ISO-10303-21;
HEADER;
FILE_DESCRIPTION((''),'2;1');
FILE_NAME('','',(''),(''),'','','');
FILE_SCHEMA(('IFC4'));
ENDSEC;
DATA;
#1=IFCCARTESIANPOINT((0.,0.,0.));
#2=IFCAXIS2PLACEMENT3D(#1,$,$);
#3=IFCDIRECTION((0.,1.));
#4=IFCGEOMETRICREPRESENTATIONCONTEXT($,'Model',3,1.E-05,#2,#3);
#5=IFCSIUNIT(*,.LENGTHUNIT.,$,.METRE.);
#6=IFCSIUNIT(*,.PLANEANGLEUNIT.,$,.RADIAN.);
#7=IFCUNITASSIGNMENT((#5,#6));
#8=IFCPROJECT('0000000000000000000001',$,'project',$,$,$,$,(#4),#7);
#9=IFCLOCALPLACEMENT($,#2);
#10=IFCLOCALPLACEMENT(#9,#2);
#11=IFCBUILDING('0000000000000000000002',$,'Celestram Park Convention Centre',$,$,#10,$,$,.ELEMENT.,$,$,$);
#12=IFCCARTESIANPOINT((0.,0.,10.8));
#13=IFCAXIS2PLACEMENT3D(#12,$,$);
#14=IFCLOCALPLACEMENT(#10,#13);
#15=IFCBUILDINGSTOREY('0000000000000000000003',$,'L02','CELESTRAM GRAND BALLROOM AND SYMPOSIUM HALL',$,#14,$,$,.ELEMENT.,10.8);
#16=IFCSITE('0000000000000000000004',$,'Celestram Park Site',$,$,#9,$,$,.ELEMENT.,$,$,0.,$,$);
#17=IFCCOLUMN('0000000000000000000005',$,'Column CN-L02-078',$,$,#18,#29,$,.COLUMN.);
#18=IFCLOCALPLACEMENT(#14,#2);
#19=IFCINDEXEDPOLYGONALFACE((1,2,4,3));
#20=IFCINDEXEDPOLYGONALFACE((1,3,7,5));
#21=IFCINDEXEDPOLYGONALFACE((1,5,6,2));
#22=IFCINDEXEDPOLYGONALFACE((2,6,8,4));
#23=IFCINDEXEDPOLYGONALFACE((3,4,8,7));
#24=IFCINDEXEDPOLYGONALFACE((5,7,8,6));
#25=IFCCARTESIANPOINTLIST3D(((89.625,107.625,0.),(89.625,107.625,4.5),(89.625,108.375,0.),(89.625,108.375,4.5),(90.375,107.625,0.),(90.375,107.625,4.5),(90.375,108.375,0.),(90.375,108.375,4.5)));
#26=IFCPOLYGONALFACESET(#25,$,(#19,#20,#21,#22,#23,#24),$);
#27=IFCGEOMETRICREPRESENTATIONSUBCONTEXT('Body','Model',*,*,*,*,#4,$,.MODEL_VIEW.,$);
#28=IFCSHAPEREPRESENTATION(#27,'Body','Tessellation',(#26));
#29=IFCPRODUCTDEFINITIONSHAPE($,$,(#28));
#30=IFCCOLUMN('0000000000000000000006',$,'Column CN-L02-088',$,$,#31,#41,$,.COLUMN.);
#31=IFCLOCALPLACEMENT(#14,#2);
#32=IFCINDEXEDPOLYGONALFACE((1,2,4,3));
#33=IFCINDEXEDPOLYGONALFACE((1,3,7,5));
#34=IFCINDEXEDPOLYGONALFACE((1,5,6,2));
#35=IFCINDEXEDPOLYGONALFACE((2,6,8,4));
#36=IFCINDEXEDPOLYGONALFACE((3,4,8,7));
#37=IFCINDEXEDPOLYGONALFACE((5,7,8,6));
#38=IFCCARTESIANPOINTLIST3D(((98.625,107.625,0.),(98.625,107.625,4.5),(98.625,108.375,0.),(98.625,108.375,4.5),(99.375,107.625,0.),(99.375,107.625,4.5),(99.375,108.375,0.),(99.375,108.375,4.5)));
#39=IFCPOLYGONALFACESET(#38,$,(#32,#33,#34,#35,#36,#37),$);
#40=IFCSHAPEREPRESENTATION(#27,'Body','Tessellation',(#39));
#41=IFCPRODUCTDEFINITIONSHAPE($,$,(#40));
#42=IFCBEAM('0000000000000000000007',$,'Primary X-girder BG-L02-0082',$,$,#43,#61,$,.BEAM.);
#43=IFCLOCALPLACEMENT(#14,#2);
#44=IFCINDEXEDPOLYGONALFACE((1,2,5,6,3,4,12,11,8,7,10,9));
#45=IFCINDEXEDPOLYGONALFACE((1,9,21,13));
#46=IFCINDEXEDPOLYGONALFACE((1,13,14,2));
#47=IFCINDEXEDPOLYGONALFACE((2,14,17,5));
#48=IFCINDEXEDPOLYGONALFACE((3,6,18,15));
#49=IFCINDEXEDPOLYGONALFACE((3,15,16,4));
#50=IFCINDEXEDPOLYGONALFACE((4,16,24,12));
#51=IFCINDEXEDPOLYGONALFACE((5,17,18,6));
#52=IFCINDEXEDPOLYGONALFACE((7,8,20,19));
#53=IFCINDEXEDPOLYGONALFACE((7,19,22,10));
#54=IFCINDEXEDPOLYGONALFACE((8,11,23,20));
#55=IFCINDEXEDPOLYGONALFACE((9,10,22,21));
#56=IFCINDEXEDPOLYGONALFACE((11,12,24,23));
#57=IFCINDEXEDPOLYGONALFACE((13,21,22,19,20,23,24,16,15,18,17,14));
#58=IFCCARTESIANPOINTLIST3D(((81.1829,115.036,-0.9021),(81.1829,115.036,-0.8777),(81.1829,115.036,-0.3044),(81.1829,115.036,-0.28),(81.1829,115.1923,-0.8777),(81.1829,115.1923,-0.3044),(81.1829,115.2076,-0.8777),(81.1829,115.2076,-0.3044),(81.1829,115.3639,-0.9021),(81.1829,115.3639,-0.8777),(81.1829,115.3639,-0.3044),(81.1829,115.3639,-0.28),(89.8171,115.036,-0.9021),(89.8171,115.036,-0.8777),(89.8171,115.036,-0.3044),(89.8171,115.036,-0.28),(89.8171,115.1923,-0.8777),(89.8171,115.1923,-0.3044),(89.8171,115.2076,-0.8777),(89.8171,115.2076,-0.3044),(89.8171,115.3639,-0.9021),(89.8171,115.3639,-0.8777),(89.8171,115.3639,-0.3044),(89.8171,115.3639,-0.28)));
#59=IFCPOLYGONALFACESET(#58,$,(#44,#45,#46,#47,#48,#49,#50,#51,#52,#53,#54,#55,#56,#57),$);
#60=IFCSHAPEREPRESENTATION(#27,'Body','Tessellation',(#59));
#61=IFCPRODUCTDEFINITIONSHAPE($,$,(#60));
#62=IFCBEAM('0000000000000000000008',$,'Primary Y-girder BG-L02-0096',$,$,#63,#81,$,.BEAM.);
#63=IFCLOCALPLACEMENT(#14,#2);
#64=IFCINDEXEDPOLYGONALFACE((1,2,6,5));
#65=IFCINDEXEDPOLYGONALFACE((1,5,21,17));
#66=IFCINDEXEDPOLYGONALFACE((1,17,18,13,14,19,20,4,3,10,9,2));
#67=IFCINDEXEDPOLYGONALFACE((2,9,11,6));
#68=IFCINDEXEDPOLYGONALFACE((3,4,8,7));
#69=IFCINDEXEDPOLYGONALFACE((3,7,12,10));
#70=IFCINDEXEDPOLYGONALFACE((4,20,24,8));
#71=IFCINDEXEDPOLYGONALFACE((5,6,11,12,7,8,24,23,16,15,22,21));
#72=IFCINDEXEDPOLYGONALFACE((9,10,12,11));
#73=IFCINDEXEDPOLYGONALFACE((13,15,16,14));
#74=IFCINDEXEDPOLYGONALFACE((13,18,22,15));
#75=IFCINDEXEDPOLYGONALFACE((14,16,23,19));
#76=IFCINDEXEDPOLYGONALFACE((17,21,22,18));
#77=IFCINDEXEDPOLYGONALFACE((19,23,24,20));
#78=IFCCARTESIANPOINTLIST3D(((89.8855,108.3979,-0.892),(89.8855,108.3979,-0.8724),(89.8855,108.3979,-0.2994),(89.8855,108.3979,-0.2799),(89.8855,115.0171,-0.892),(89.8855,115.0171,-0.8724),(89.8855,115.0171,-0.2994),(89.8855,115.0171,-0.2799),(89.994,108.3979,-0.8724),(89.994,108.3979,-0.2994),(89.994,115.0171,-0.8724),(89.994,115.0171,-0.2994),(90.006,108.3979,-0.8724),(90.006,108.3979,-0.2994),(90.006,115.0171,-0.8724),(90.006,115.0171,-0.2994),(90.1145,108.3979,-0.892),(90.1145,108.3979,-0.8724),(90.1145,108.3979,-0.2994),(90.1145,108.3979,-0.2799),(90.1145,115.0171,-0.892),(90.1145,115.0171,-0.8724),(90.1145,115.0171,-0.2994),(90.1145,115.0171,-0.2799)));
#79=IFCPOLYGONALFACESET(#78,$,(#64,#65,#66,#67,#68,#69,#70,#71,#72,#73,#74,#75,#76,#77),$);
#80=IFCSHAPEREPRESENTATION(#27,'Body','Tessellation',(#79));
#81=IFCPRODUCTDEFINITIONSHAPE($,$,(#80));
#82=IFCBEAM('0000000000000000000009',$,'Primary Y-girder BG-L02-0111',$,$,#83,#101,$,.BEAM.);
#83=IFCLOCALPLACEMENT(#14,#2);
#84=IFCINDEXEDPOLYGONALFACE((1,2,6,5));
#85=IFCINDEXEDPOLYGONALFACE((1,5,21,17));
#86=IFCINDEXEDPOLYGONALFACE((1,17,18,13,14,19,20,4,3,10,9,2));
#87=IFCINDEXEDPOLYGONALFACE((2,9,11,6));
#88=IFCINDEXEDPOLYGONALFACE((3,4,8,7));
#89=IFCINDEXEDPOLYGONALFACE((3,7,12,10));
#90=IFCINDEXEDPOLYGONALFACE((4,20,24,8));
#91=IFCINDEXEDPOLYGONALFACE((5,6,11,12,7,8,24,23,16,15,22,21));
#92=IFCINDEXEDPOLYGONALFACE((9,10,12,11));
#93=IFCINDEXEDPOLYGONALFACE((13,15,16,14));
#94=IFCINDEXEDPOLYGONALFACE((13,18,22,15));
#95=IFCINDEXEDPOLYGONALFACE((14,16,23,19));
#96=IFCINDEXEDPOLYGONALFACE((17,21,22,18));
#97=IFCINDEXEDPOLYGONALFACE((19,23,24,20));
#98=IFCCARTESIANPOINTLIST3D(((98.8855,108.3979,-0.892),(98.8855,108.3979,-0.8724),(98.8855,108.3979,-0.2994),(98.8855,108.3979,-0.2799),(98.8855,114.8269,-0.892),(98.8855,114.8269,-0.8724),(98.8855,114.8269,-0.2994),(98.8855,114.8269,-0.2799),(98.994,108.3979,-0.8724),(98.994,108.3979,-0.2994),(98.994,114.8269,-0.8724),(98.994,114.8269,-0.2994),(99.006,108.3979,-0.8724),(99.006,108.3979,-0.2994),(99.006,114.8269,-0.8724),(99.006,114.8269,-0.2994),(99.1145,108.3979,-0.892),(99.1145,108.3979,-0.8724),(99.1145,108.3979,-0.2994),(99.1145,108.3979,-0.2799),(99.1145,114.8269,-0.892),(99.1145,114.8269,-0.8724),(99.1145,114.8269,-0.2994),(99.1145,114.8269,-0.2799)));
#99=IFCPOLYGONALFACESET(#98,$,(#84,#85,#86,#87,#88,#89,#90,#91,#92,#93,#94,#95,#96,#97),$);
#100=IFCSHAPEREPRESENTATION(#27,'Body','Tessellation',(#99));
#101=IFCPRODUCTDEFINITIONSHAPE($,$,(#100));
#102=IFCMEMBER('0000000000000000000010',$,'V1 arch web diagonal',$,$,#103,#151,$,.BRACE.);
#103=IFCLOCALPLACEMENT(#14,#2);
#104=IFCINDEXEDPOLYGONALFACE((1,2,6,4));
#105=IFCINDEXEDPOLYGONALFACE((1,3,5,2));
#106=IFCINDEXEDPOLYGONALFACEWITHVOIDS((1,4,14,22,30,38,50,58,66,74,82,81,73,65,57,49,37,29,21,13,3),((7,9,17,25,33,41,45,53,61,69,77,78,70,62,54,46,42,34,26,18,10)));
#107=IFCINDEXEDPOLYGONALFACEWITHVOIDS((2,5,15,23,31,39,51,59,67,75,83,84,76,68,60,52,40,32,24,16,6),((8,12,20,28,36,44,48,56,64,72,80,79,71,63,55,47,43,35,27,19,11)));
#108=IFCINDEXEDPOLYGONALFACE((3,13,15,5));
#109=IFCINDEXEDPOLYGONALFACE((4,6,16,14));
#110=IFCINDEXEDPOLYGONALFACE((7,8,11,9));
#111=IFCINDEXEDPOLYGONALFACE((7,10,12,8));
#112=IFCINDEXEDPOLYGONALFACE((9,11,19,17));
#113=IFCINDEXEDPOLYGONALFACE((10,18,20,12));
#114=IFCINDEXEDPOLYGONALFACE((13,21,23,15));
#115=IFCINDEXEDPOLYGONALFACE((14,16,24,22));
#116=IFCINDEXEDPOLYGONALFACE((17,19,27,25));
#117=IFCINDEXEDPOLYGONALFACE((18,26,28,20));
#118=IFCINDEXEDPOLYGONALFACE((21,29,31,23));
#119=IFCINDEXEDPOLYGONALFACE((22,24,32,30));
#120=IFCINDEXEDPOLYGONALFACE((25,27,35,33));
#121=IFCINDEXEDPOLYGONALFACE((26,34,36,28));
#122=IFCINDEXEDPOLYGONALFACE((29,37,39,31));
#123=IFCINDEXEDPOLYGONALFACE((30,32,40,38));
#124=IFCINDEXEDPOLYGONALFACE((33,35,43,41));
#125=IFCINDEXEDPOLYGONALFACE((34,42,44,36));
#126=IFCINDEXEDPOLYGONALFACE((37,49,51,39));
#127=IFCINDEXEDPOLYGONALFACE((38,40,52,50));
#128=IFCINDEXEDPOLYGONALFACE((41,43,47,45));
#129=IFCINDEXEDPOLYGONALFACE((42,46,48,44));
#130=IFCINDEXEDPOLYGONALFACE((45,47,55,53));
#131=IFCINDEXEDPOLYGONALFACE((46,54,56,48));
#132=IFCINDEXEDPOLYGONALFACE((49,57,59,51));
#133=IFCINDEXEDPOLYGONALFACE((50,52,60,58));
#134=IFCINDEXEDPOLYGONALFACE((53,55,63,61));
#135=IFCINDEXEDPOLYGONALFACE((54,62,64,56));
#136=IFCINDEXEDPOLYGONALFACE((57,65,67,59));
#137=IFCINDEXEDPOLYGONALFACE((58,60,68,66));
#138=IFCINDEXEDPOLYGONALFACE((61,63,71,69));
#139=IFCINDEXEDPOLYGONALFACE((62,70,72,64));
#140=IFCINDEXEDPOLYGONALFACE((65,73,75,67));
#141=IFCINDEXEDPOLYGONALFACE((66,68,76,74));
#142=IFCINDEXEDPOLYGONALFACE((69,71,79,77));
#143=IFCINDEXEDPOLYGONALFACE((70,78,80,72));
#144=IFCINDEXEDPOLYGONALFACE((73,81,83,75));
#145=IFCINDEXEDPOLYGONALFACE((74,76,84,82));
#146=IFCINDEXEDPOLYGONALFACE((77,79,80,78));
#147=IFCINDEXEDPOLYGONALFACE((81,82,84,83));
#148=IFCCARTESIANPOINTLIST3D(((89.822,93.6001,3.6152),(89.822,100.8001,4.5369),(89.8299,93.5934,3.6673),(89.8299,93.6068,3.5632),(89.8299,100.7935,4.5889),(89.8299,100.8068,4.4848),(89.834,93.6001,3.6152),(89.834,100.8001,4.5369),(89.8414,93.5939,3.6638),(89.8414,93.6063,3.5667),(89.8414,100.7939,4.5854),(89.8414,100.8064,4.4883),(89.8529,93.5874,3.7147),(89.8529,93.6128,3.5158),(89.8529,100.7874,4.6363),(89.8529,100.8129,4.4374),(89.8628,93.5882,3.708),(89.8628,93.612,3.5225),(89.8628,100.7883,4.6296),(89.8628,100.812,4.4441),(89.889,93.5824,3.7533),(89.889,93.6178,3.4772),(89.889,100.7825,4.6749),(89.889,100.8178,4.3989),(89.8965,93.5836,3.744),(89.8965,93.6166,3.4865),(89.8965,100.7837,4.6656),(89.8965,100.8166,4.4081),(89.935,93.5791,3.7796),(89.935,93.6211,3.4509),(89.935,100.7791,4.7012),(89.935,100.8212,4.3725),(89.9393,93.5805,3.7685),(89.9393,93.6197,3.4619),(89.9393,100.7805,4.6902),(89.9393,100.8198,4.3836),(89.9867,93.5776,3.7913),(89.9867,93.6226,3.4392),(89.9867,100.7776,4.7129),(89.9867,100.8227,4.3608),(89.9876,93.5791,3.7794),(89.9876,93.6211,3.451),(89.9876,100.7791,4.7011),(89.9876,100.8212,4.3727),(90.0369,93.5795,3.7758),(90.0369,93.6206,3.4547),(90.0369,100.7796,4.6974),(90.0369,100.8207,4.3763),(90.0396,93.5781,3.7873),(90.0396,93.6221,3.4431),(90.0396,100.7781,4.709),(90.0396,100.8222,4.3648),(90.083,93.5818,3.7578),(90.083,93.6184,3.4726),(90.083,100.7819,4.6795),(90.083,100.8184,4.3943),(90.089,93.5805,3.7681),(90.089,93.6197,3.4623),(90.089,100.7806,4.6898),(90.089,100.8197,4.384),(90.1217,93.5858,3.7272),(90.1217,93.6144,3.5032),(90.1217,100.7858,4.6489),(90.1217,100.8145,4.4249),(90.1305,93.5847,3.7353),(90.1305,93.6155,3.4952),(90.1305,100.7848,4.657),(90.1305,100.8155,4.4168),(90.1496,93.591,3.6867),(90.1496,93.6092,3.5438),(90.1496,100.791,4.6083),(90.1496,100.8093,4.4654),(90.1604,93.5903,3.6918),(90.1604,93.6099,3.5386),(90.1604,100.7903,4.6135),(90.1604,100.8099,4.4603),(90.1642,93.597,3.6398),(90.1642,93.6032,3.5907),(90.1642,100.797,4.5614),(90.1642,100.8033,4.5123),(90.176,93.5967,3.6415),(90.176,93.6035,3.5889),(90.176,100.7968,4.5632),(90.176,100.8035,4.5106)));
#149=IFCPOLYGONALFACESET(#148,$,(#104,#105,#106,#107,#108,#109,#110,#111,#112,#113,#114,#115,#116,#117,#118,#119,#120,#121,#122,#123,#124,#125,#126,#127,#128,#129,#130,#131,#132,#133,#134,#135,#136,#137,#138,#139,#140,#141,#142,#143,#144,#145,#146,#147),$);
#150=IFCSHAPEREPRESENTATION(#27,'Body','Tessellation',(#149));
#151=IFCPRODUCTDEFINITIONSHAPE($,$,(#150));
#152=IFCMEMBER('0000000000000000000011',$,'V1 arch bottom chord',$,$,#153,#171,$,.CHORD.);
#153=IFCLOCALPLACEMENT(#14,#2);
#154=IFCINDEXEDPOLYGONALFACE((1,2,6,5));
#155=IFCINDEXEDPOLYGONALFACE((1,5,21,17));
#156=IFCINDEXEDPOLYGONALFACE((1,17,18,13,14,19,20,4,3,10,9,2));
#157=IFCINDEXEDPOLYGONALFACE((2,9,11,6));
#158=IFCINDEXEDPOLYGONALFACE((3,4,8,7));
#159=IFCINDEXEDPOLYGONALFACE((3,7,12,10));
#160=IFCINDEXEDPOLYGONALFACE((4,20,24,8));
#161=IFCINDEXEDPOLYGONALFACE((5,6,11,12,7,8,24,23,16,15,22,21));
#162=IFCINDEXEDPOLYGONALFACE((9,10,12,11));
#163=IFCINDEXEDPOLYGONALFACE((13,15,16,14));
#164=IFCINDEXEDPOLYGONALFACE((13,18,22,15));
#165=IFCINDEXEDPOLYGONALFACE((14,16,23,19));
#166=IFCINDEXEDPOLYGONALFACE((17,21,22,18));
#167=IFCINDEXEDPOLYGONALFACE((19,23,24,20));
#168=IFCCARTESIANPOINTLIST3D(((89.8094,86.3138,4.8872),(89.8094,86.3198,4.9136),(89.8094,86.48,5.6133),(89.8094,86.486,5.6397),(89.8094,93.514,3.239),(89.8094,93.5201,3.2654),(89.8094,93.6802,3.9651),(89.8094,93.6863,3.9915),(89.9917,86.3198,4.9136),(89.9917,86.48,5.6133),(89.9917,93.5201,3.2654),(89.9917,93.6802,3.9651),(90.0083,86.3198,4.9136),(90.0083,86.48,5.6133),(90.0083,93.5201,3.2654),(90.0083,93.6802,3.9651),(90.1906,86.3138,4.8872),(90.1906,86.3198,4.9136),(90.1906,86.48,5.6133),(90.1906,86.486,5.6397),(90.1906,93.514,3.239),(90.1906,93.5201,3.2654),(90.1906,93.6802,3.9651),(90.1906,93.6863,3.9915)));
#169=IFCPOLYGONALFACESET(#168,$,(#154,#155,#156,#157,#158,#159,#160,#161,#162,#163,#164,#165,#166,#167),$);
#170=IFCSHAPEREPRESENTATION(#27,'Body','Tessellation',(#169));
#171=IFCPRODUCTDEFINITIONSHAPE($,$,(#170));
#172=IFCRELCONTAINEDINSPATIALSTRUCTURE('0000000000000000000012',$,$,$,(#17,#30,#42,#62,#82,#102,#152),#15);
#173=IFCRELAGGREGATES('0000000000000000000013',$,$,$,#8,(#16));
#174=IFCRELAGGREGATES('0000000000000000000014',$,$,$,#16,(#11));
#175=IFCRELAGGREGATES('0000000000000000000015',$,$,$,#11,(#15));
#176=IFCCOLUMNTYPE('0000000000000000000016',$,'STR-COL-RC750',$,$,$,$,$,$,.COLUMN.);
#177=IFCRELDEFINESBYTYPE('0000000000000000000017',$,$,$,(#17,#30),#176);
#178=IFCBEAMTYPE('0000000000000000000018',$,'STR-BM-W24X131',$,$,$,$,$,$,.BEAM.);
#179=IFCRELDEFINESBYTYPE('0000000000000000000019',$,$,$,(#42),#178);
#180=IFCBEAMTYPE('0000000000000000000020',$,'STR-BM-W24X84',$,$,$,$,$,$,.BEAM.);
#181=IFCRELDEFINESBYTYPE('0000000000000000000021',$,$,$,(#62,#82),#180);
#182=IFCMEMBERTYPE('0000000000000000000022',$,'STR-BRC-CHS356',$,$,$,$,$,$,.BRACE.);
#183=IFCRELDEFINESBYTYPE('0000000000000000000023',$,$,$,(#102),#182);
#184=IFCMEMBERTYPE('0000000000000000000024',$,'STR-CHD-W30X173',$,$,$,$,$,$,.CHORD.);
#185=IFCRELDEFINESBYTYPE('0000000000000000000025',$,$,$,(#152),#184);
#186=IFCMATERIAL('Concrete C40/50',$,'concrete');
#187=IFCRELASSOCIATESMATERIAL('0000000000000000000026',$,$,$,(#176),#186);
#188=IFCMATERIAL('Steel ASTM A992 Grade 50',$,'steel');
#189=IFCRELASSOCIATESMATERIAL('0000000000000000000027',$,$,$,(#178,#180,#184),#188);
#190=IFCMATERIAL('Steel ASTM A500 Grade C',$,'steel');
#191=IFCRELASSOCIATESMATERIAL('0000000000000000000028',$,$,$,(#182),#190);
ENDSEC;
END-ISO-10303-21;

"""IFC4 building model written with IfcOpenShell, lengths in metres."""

from ifc_helpers import new_model, si_unit, direction, frame, origin, origin_2d, place, context, subcontext, project, spatial, rectangle, hollow_circle, i_section, extrude, material, material_profile, profile_set, type_object, element, save


model = new_model("IFC4")

# Units and contexts
model_context = context("Model", 3, precision=1e-05, world=origin(), true_north=direction((0.0, 1.0)))
body_context = subcontext(model_context, "Body", "Model", "MODEL_VIEW")
ifc_project = project(units=[si_unit("LENGTHUNIT", "METRE"), si_unit("PLANEANGLEUNIT", "RADIAN")], contexts=[model_context])

# Site, building, storey
site_placement = place(None, origin())
site = spatial("IfcSite", under=ifc_project, at=site_placement, Name="Celestram Park Site", CompositionType="ELEMENT", RefElevation=0.0)
building_placement = place(site_placement, origin())
building = spatial("IfcBuilding", under=site, at=building_placement, Name="Celestram Park Convention Centre", CompositionType="ELEMENT")
storey_placement = place(building_placement, frame((0.0, 0.0, 10.8)))
storey = spatial("IfcBuildingStorey", under=building, at=storey_placement, Name="L02", Description="CELESTRAM GRAND BALLROOM AND SYMPOSIUM HALL", CompositionType="ELEMENT", Elevation=10.8)

# Columns
ifc_material_1 = material(Name="Concrete C40/50", Category="concrete")
ifc_material_profile_1 = material_profile(ifc_material_1, rectangle(XDim=0.75, YDim=0.75, at=origin_2d()), Name="RC750X750")
ifc_profile_set_1 = profile_set([ifc_material_profile_1], Name="Concrete C40/50")
column_type = type_object("IfcColumnType", Name="STR-COL-RC750", PredefinedType="COLUMN", material=ifc_profile_set_1)
for number, where, z_axis, x_axis, name in (
    (1, (90.0, 108.0, 0.0), (0.0, 0.0, 1.0), (1.0, 0.0, 0.0), "Column CN-L02-078"),
    (2, (99.0, 108.0, 0.0), (0.0, 0.0, 1.0), (1.0, 0.0, 0.0), "Column CN-L02-088"),
):
    element("IfcColumn", number, at=place(storey_placement, frame(where, z_axis=z_axis, x_axis=x_axis)), inside=storey, type_object=column_type, Name=name, PredefinedType="COLUMN", context=body_context, shape_type="SweptSolid", body=[
        extrude(rectangle(XDim=0.75, YDim=0.75, at=origin_2d()), origin(), (0.0, 0.0, 1.0), 4.5),
    ])

# Beams
ifc_material_2 = material(Name="Steel ASTM A992 Grade 50", Category="steel")
ifc_material_profile_2 = material_profile(ifc_material_2, i_section(OverallWidth=0.3279, OverallDepth=0.6221, WebThickness=0.0154, FlangeThickness=0.0244, at=origin_2d()), Name="W24X131")
ifc_profile_set_2 = profile_set([ifc_material_profile_2], Name="Steel ASTM A992 Grade 50")
beam_type_1 = type_object("IfcBeamType", Name="STR-BM-W24X131", PredefinedType="BEAM", material=ifc_profile_set_2)
beam_1_placement = place(storey_placement, frame((81.1829, 115.2, -0.5911), z_axis=(1.0, 0.0, 0.0), x_axis=(0.0, 1.0, 0.0)))
element("IfcBeam", 3, at=beam_1_placement, inside=storey, type_object=beam_type_1, Name="Primary X-girder BG-L02-0082", PredefinedType="BEAM", context=body_context, shape_type="SweptSolid", body=[
    extrude(i_section(OverallWidth=0.3279, OverallDepth=0.6221, WebThickness=0.0154, FlangeThickness=0.0244, at=origin_2d()), origin(), (0.0, 0.0, 1.0), 8.6343),
])
ifc_material_profile_3 = material_profile(ifc_material_2, i_section(OverallWidth=0.229, OverallDepth=0.6121, WebThickness=0.012, FlangeThickness=0.0195, at=origin_2d()), Name="W24X84")
ifc_profile_set_3 = profile_set([ifc_material_profile_3], Name="Steel ASTM A992 Grade 50")
beam_type_2 = type_object("IfcBeamType", Name="STR-BM-W24X84", PredefinedType="BEAM", material=ifc_profile_set_3)
beam_2_placement = place(storey_placement, frame((90.0, 108.3979, -0.5859), z_axis=(0.0, 1.0, 0.0), x_axis=(-1.0, 0.0, 0.0)))
element("IfcBeam", 4, at=beam_2_placement, inside=storey, type_object=beam_type_2, Name="Primary Y-girder BG-L02-0096", PredefinedType="BEAM", context=body_context, shape_type="SweptSolid", body=[
    extrude(i_section(OverallWidth=0.229, OverallDepth=0.6121, WebThickness=0.012, FlangeThickness=0.0195, at=origin_2d()), origin(), (0.0, 0.0, 1.0), 6.6191),
])
beam_3_placement = place(storey_placement, frame((99.0, 108.3979, -0.5859), z_axis=(0.0, 1.0, 0.0), x_axis=(-1.0, 0.0, 0.0)))
element("IfcBeam", 5, at=beam_3_placement, inside=storey, type_object=beam_type_2, Name="Primary Y-girder BG-L02-0111", PredefinedType="BEAM", context=body_context, shape_type="SweptSolid", body=[
    extrude(i_section(OverallWidth=0.229, OverallDepth=0.6121, WebThickness=0.012, FlangeThickness=0.0195, at=origin_2d()), origin(), (0.0, 0.0, 1.0), 6.429),
])

# Members
ifc_material_3 = material(Name="Steel ASTM A500 Grade C", Category="steel")
ifc_material_profile_4 = material_profile(ifc_material_3, hollow_circle(Radius=0.178, WallThickness=0.012, at=origin_2d()), Name="CHS356X12")
ifc_profile_set_4 = profile_set([ifc_material_profile_4], Name="Steel ASTM A500 Grade C")
member_type_1 = type_object("IfcMemberType", Name="STR-BRC-CHS356", PredefinedType="BRACE", material=ifc_profile_set_4)
member_1_placement = place(storey_placement, frame((90.0, 93.6001, 3.6152), z_axis=(0.0, 0.991907, 0.126969), x_axis=(-1.0, 0.0, 0.0)))
element("IfcMember", 6, at=member_1_placement, inside=storey, type_object=member_type_1, Name="V1 arch web diagonal", PredefinedType="BRACE", context=body_context, shape_type="SweptSolid", body=[
    extrude(hollow_circle(Radius=0.178, WallThickness=0.012, at=origin_2d()), origin(), (0.0, 0.0, 1.0), 7.2588),
])
ifc_material_profile_5 = material_profile(ifc_material_2, i_section(OverallWidth=0.3811, OverallDepth=0.772, WebThickness=0.0166, FlangeThickness=0.0271, at=origin_2d()), Name="W30X173")
ifc_profile_set_5 = profile_set([ifc_material_profile_5], Name="Steel ASTM A992 Grade 50")
member_type_2 = type_object("IfcMemberType", Name="STR-CHD-W30X173", PredefinedType="CHORD", material=ifc_profile_set_5)
member_2_placement = place(storey_placement, frame((90.0, 86.3999, 5.2634), z_axis=(0.0, 0.974787, -0.223138), x_axis=(-1.0, 0.0, 0.0)))
element("IfcMember", 7, at=member_2_placement, inside=storey, type_object=member_type_2, Name="V1 arch bottom chord", PredefinedType="CHORD", context=body_context, shape_type="SweptSolid", body=[
    extrude(i_section(OverallWidth=0.3811, OverallDepth=0.772, WebThickness=0.0166, FlangeThickness=0.0271, at=origin_2d()), origin(), (0.0, 0.0, 1.0), 7.3865),
])

save(model, "model.ifc")
